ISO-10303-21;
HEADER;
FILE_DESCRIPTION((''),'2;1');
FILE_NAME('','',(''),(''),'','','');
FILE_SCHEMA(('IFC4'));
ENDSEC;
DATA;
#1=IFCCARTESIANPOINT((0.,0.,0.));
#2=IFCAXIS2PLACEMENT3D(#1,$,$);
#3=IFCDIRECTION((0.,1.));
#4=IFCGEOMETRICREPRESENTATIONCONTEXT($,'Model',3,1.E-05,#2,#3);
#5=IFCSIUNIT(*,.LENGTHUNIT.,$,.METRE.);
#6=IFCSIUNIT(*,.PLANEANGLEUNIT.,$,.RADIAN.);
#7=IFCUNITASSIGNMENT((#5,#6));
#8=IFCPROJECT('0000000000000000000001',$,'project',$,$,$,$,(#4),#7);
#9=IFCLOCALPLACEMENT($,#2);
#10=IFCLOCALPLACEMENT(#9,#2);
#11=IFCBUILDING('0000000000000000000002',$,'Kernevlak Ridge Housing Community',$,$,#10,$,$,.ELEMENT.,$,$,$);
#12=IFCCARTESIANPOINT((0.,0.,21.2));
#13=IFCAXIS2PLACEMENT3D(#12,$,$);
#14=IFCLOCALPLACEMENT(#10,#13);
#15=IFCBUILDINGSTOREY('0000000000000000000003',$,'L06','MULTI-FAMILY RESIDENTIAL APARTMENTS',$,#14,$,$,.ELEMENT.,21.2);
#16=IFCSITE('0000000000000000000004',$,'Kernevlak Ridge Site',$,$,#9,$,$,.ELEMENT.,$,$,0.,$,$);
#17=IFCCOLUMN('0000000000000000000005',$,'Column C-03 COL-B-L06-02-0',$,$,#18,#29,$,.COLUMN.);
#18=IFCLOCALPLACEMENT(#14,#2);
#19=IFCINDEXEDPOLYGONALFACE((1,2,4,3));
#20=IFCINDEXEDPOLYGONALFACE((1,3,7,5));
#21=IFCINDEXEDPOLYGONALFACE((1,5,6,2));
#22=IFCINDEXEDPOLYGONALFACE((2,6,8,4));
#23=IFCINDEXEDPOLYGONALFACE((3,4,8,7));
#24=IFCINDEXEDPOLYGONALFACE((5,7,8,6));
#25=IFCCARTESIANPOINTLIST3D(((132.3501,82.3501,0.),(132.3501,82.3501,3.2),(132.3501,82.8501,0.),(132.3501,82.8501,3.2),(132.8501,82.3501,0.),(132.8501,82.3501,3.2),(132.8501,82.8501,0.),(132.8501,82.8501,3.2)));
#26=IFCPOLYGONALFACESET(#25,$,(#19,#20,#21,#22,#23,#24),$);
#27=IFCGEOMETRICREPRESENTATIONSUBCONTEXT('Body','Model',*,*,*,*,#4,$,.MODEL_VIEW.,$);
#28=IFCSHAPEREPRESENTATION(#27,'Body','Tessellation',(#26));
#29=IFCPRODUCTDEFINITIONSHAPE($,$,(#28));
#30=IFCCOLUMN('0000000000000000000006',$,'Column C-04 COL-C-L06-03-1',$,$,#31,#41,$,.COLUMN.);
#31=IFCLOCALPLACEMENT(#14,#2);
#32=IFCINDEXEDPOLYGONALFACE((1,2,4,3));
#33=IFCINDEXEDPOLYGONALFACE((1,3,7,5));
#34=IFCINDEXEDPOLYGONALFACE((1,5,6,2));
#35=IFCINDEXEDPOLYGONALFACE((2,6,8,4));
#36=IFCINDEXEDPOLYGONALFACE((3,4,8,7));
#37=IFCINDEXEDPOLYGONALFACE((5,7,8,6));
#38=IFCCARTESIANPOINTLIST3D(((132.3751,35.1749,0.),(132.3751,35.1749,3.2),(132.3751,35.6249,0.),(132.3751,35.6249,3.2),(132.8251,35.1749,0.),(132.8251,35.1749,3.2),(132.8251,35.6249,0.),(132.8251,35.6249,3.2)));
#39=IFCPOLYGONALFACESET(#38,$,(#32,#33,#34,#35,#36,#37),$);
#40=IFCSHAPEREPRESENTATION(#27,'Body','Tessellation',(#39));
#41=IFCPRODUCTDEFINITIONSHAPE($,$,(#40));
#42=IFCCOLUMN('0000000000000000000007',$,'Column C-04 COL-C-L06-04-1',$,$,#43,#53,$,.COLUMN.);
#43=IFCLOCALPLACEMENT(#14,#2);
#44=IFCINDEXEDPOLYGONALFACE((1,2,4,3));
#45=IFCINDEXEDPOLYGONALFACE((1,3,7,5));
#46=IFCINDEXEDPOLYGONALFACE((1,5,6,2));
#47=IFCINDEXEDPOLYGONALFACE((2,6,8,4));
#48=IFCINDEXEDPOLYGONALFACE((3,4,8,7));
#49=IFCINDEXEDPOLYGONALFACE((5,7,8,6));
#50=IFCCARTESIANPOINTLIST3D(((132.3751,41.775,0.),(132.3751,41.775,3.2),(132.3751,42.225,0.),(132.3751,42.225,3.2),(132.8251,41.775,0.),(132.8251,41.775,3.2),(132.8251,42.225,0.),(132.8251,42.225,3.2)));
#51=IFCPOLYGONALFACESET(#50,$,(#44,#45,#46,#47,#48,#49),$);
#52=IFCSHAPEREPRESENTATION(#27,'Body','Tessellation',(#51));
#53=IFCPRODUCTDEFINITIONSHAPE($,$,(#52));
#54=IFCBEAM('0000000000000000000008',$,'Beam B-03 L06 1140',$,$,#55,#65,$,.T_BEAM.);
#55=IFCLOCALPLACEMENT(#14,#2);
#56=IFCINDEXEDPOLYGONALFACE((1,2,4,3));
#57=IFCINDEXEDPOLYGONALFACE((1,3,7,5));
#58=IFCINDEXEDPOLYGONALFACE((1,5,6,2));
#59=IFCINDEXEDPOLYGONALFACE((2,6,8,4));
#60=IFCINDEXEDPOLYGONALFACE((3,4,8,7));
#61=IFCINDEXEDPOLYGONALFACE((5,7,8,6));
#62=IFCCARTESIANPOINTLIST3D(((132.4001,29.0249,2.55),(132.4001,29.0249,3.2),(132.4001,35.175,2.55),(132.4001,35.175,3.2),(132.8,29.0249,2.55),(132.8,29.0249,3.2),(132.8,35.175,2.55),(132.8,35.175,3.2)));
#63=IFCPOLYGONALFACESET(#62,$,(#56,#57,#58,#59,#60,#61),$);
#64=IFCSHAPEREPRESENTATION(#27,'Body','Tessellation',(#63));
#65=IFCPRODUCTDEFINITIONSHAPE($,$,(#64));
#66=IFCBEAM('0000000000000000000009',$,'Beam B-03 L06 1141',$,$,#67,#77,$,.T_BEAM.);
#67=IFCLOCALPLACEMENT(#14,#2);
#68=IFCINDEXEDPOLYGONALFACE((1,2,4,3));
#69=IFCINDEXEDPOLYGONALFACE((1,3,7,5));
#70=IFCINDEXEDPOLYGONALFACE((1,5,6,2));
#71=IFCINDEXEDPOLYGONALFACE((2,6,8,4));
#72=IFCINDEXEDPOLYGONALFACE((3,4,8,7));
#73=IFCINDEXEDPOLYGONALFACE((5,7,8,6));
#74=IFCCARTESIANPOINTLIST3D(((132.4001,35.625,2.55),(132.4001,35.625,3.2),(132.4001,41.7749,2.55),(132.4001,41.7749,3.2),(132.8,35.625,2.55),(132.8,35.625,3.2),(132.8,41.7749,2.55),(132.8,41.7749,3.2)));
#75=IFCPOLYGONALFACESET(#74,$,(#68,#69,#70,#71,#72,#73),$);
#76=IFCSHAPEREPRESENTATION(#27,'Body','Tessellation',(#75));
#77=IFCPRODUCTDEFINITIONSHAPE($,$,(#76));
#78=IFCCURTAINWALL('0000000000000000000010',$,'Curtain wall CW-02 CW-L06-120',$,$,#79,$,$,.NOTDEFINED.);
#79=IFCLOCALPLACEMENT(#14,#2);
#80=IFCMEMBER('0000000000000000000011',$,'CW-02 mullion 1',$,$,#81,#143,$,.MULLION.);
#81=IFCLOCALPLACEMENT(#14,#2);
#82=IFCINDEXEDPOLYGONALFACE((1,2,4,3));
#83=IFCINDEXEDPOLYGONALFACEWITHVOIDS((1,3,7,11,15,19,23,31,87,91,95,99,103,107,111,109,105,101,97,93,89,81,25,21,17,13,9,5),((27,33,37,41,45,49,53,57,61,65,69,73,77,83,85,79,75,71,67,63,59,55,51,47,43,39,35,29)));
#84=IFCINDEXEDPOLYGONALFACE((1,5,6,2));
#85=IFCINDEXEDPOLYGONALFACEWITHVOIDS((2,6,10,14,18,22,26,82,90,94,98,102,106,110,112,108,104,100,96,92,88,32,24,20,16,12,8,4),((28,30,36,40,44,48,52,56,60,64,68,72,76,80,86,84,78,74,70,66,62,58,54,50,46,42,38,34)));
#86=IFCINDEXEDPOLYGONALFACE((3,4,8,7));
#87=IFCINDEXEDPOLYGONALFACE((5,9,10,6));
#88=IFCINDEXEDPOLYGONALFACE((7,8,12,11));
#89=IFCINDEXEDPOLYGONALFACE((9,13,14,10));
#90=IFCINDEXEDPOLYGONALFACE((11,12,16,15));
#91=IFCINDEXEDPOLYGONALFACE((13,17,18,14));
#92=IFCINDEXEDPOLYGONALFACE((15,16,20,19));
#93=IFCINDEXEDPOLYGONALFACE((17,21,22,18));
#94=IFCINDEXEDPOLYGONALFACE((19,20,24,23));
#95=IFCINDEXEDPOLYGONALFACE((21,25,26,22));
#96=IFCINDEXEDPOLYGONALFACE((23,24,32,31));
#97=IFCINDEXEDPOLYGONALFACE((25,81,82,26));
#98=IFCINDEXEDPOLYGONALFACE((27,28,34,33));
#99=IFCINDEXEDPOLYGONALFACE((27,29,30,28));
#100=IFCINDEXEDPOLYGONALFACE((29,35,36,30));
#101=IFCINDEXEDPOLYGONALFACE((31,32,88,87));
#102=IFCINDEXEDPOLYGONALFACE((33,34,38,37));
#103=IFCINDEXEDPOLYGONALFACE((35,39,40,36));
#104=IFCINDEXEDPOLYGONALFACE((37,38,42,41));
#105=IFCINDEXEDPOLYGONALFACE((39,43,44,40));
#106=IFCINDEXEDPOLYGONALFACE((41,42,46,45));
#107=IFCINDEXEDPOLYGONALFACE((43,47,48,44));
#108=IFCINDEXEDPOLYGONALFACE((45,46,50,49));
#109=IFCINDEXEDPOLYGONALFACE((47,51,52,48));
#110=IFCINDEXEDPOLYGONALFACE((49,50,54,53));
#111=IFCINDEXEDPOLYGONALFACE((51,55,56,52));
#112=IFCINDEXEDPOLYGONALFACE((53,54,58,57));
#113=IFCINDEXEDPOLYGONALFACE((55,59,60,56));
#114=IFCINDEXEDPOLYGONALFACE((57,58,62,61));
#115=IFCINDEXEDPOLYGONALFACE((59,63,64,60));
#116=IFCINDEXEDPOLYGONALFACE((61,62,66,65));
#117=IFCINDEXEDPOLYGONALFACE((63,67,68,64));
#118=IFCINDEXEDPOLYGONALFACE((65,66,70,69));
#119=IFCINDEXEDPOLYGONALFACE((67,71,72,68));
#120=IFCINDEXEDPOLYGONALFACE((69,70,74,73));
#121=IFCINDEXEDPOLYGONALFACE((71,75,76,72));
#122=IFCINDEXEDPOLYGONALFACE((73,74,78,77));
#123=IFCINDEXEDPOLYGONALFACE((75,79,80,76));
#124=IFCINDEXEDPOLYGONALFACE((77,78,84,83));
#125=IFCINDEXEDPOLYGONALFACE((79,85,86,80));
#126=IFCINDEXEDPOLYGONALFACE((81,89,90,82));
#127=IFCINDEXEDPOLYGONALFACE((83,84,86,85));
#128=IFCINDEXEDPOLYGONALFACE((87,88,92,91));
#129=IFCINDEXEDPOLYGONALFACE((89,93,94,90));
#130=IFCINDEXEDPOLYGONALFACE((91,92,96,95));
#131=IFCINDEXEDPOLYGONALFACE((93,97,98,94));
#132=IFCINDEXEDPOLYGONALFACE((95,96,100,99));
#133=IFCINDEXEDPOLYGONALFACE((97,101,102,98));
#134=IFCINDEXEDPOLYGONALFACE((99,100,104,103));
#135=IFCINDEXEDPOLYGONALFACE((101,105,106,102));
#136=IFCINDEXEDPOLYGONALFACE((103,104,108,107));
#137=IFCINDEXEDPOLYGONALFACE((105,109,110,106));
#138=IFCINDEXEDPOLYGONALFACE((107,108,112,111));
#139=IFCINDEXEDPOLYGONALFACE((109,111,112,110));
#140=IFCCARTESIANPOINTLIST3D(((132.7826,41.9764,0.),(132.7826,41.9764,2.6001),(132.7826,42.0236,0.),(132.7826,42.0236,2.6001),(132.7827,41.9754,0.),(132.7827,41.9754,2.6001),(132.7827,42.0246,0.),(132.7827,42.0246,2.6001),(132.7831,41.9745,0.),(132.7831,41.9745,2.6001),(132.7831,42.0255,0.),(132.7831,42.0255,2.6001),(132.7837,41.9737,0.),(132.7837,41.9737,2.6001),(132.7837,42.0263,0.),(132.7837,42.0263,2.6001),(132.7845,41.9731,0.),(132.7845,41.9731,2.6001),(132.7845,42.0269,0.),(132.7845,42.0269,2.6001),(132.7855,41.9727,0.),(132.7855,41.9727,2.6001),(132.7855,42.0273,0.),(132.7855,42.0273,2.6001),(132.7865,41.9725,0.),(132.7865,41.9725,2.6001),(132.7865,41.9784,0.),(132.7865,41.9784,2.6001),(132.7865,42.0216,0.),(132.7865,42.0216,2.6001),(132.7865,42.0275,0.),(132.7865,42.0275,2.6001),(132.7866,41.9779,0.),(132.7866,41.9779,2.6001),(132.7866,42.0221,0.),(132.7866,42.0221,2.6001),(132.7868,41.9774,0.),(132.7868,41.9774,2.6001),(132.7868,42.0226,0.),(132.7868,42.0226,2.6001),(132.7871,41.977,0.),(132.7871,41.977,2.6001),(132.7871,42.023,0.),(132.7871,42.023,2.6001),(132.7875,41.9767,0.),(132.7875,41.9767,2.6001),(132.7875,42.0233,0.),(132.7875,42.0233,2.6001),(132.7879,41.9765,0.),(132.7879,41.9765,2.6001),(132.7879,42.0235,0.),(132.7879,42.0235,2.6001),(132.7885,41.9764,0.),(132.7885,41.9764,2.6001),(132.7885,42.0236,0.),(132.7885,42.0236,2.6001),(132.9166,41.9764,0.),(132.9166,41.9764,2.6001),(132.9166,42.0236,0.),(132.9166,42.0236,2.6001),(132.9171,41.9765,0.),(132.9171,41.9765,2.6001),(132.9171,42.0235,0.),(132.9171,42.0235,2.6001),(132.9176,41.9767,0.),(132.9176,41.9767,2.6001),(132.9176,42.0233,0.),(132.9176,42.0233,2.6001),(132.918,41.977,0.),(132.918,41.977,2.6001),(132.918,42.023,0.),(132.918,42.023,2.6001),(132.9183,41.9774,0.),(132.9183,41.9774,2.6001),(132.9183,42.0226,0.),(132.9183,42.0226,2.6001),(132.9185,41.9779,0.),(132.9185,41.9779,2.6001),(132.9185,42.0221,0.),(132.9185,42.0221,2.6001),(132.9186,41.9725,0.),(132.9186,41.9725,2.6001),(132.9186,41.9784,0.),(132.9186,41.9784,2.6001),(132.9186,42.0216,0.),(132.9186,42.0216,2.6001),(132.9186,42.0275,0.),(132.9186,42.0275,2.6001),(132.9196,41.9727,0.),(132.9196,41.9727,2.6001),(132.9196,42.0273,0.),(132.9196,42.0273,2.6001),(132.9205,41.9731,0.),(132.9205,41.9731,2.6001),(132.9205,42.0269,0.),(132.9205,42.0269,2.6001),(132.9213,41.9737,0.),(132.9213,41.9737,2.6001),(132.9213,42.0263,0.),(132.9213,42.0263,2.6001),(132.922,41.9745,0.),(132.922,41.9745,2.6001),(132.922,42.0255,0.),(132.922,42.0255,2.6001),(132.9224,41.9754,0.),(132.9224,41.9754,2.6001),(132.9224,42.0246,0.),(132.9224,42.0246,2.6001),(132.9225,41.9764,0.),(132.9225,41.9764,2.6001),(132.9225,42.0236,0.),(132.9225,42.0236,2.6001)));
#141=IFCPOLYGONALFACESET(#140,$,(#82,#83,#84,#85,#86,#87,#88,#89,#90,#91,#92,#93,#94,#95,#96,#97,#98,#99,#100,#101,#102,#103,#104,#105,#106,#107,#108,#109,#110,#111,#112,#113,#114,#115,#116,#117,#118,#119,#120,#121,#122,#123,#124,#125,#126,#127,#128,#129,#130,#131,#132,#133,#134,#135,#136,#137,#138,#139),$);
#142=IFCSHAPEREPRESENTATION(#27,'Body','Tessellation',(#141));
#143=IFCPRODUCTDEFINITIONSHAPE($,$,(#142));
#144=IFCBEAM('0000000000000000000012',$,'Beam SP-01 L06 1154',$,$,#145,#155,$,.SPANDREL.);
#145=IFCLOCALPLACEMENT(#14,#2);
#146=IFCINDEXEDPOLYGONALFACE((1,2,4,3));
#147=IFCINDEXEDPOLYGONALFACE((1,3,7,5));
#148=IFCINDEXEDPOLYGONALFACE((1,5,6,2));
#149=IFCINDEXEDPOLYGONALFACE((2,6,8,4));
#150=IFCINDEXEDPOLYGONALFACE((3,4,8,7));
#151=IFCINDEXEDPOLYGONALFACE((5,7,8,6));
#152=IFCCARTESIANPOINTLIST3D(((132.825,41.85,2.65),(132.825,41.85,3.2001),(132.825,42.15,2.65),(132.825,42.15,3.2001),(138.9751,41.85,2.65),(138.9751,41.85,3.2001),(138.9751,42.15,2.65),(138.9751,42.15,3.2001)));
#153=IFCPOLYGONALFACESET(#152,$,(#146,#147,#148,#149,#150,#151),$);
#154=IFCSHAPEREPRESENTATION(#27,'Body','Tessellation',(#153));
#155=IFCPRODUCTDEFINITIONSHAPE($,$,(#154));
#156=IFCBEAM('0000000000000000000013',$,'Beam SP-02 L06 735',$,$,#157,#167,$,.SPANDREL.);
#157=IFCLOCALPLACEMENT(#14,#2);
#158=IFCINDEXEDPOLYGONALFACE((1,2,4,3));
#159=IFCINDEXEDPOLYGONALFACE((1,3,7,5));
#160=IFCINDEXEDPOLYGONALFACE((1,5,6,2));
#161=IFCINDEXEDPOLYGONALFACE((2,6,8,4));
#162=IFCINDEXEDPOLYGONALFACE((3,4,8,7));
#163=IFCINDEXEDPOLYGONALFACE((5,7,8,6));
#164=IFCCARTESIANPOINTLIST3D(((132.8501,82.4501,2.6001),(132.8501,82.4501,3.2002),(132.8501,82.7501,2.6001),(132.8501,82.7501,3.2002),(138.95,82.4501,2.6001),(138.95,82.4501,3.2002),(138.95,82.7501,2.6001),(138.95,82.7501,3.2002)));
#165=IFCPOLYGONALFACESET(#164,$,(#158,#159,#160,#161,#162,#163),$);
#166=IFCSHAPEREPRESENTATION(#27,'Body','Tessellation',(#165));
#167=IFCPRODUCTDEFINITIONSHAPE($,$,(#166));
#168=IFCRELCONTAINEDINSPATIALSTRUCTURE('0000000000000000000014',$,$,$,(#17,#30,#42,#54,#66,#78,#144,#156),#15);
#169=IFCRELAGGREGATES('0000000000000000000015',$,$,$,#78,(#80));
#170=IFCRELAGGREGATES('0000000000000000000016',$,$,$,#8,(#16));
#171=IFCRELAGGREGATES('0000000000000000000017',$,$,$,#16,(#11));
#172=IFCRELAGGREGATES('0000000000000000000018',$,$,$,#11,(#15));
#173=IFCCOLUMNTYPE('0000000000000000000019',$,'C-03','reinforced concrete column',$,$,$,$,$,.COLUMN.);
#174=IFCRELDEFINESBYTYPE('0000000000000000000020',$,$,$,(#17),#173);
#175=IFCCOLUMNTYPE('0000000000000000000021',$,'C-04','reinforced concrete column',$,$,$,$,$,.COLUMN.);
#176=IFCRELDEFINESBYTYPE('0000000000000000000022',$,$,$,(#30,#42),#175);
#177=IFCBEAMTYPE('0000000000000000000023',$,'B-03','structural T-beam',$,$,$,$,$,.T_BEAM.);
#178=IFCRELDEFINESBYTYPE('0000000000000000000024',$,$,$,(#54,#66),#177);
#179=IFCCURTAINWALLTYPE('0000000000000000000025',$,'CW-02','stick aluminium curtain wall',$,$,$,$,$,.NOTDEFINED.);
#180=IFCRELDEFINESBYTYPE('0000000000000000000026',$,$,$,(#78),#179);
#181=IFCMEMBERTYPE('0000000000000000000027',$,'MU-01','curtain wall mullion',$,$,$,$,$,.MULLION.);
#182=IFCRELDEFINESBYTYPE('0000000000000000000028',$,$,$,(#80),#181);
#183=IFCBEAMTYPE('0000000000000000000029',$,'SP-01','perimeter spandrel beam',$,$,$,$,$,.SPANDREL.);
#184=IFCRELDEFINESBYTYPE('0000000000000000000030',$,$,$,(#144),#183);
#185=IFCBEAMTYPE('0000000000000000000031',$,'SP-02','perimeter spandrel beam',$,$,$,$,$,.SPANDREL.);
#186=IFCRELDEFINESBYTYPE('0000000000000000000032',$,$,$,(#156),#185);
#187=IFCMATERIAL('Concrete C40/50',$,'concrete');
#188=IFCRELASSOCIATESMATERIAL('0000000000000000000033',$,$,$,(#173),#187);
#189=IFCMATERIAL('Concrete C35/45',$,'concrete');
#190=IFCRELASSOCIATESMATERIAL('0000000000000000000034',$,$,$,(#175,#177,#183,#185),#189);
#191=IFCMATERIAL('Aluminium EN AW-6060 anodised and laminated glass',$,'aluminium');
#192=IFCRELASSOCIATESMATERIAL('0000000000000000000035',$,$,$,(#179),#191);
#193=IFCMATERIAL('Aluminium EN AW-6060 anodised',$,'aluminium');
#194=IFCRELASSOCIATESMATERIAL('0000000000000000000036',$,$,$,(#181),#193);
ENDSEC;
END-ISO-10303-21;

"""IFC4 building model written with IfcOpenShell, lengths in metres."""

from ifc_helpers import new_model, si_unit, direction, frame, origin, origin_2d, place, context, subcontext, project, spatial, rectangle, hollow_rectangle, extrude, material, material_profile, profile_set, type_object, element, aggregate, save


model = new_model("IFC4")

# Units and contexts
model_context = context("Model", 3, precision=1e-05, world=origin(), true_north=direction((0.0, 1.0)))
body_context = subcontext(model_context, "Body", "Model", "MODEL_VIEW")
ifc_project = project(units=[si_unit("LENGTHUNIT", "METRE"), si_unit("PLANEANGLEUNIT", "RADIAN")], contexts=[model_context])

# Site, building, storey
site_placement = place(None, origin())
site = spatial("IfcSite", under=ifc_project, at=site_placement, Name="Kernevlak Ridge Site", CompositionType="ELEMENT", RefElevation=0.0)
building_placement = place(site_placement, origin())
building = spatial("IfcBuilding", under=site, at=building_placement, Name="Kernevlak Ridge Housing Community", CompositionType="ELEMENT")
storey_placement = place(building_placement, frame((0.0, 0.0, 21.2)))
storey = spatial("IfcBuildingStorey", under=building, at=storey_placement, Name="L06", Description="MULTI-FAMILY RESIDENTIAL APARTMENTS", CompositionType="ELEMENT", Elevation=21.2)

# Columns
ifc_material_1 = material(Name="Concrete C40/50", Category="concrete")
ifc_material_profile_1 = material_profile(ifc_material_1, rectangle(XDim=0.5, YDim=0.5, at=origin_2d()), Name="RC 500x500")
ifc_profile_set_1 = profile_set([ifc_material_profile_1], Name="Concrete C40/50")
column_type_1 = type_object("IfcColumnType", Name="C-03", Description="reinforced concrete column", PredefinedType="COLUMN", material=ifc_profile_set_1)
column_placement = place(storey_placement, frame((132.6001, 82.6001, 0.0), z_axis=(0.0, 0.0, 1.0), x_axis=(1.0, 0.0, 0.0)))
element("IfcColumn", 1, at=column_placement, inside=storey, type_object=column_type_1, Name="Column C-03 COL-B-L06-02-0", PredefinedType="COLUMN", context=body_context, shape_type="SweptSolid", body=[
    extrude(rectangle(XDim=0.5, YDim=0.5, at=origin_2d()), origin(), (0.0, 0.0, 1.0), 3.2),
])
ifc_material_2 = material(Name="Concrete C35/45", Category="concrete")
ifc_material_profile_2 = material_profile(ifc_material_2, rectangle(XDim=0.45, YDim=0.45, at=origin_2d()), Name="RC 450x450")
ifc_profile_set_2 = profile_set([ifc_material_profile_2], Name="Concrete C35/45")
column_type_2 = type_object("IfcColumnType", Name="C-04", Description="reinforced concrete column", PredefinedType="COLUMN", material=ifc_profile_set_2)
for number, where, z_axis, x_axis, name in (
    (2, (132.6001, 35.3999, 0.0), (0.0, 0.0, 1.0), (1.0, 0.0, 0.0), "Column C-04 COL-C-L06-03-1"),
    (3, (132.6001, 42.0, 0.0), (0.0, 0.0, 1.0), (1.0, 0.0, 0.0), "Column C-04 COL-C-L06-04-1"),
):
    element("IfcColumn", number, at=place(storey_placement, frame(where, z_axis=z_axis, x_axis=x_axis)), inside=storey, type_object=column_type_2, Name=name, PredefinedType="COLUMN", context=body_context, shape_type="SweptSolid", body=[
        extrude(rectangle(XDim=0.45, YDim=0.45, at=origin_2d()), origin(), (0.0, 0.0, 1.0), 3.2),
    ])

# Beams
ifc_material_profile_3 = material_profile(ifc_material_2, rectangle(XDim=0.3999, YDim=0.6499, at=origin_2d()), Name="RC 400x650")
ifc_profile_set_3 = profile_set([ifc_material_profile_3], Name="Concrete C35/45")
beam_type_1 = type_object("IfcBeamType", Name="B-03", Description="structural T-beam", PredefinedType="T_BEAM", material=ifc_profile_set_3)
beam_1_placement = place(storey_placement, frame((132.6001, 29.0249, 2.875), z_axis=(0.0, 1.0, 0.0), x_axis=(-1.0, 0.0, 0.0)))
element("IfcBeam", 4, at=beam_1_placement, inside=storey, type_object=beam_type_1, Name="Beam B-03 L06 1140", PredefinedType="T_BEAM", context=body_context, shape_type="SweptSolid", body=[
    extrude(rectangle(XDim=0.3999, YDim=0.6499, at=origin_2d()), origin(), (0.0, 0.0, 1.0), 6.1501),
])
beam_2_placement = place(storey_placement, frame((132.6001, 35.625, 2.875), z_axis=(0.0, 1.0, 0.0), x_axis=(-1.0, 0.0, 0.0)))
element("IfcBeam", 5, at=beam_2_placement, inside=storey, type_object=beam_type_1, Name="Beam B-03 L06 1141", PredefinedType="T_BEAM", context=body_context, shape_type="SweptSolid", body=[
    extrude(rectangle(XDim=0.3999, YDim=0.6499, at=origin_2d()), origin(), (0.0, 0.0, 1.0), 6.1499),
])

# Curtain wall, member
ifc_material_3 = material(Name="Aluminium EN AW-6060 anodised and laminated glass", Category="aluminium")
curtain_wall_type = type_object("IfcCurtainWallType", Name="CW-02", Description="stick aluminium curtain wall", PredefinedType="NOTDEFINED", material=ifc_material_3)
curtain_wall_placement = place(storey_placement, origin())
curtain_wall = element("IfcCurtainWall", 6, at=curtain_wall_placement, inside=storey, type_object=curtain_wall_type, Name="Curtain wall CW-02 CW-L06-120", PredefinedType="NOTDEFINED")
ifc_material_4 = material(Name="Aluminium EN AW-6060 anodised", Category="aluminium")
ifc_material_profile_4 = material_profile(ifc_material_4, hollow_rectangle(XDim=0.0549, YDim=0.1399, WallThickness=0.0039, InnerFilletRadius=0.002, OuterFilletRadius=0.0039, at=origin_2d()), Name="ALU 55x140x4")
ifc_profile_set_4 = profile_set([ifc_material_profile_4], Name="Aluminium EN AW-6060 anodised")
member_type_1 = type_object("IfcMemberType", Name="MU-01", Description="curtain wall mullion", PredefinedType="MULLION", material=ifc_profile_set_4)
member_1_placement = place(storey_placement, frame((132.8525, 42.0, 0.0), z_axis=(0.0, 0.0, 1.0), x_axis=(0.0, 1.0, 0.0)))
member_1 = element("IfcMember", 7, at=member_1_placement, type_object=member_type_1, Name="CW-02 mullion 1", PredefinedType="MULLION", context=body_context, shape_type="SweptSolid", body=[
    extrude(hollow_rectangle(XDim=0.0549, YDim=0.1399, WallThickness=0.0039, InnerFilletRadius=0.002, OuterFilletRadius=0.0039, at=origin_2d()), origin(), (0.0, 0.0, 1.0), 2.6001),
])

# Beams
ifc_material_profile_5 = material_profile(ifc_material_2, rectangle(XDim=0.3, YDim=0.55, at=origin_2d()), Name="RC 300x550")
ifc_profile_set_5 = profile_set([ifc_material_profile_5], Name="Concrete C35/45")
beam_type_2 = type_object("IfcBeamType", Name="SP-01", Description="perimeter spandrel beam", PredefinedType="SPANDREL", material=ifc_profile_set_5)
beam_3_placement = place(storey_placement, frame((132.825, 42.0, 2.925), z_axis=(1.0, 0.0, 0.0), x_axis=(0.0, 1.0, 0.0)))
element("IfcBeam", 8, at=beam_3_placement, inside=storey, type_object=beam_type_2, Name="Beam SP-01 L06 1154", PredefinedType="SPANDREL", context=body_context, shape_type="SweptSolid", body=[
    extrude(rectangle(XDim=0.3, YDim=0.55, at=origin_2d()), origin(), (0.0, 0.0, 1.0), 6.1501),
])
ifc_material_profile_6 = material_profile(ifc_material_2, rectangle(XDim=0.3, YDim=0.6001, at=origin_2d()), Name="RC 300x600")
ifc_profile_set_6 = profile_set([ifc_material_profile_6], Name="Concrete C35/45")
beam_type_3 = type_object("IfcBeamType", Name="SP-02", Description="perimeter spandrel beam", PredefinedType="SPANDREL", material=ifc_profile_set_6)
beam_4_placement = place(storey_placement, frame((132.8501, 82.6001, 2.9001), z_axis=(1.0, 0.0, 0.0), x_axis=(0.0, 1.0, 0.0)))
element("IfcBeam", 9, at=beam_4_placement, inside=storey, type_object=beam_type_3, Name="Beam SP-02 L06 735", PredefinedType="SPANDREL", context=body_context, shape_type="SweptSolid", body=[
    extrude(rectangle(XDim=0.3, YDim=0.6001, at=origin_2d()), origin(), (0.0, 0.0, 1.0), 6.0999),
])

aggregate(curtain_wall, [member_1])

save(model, "model.ifc")
